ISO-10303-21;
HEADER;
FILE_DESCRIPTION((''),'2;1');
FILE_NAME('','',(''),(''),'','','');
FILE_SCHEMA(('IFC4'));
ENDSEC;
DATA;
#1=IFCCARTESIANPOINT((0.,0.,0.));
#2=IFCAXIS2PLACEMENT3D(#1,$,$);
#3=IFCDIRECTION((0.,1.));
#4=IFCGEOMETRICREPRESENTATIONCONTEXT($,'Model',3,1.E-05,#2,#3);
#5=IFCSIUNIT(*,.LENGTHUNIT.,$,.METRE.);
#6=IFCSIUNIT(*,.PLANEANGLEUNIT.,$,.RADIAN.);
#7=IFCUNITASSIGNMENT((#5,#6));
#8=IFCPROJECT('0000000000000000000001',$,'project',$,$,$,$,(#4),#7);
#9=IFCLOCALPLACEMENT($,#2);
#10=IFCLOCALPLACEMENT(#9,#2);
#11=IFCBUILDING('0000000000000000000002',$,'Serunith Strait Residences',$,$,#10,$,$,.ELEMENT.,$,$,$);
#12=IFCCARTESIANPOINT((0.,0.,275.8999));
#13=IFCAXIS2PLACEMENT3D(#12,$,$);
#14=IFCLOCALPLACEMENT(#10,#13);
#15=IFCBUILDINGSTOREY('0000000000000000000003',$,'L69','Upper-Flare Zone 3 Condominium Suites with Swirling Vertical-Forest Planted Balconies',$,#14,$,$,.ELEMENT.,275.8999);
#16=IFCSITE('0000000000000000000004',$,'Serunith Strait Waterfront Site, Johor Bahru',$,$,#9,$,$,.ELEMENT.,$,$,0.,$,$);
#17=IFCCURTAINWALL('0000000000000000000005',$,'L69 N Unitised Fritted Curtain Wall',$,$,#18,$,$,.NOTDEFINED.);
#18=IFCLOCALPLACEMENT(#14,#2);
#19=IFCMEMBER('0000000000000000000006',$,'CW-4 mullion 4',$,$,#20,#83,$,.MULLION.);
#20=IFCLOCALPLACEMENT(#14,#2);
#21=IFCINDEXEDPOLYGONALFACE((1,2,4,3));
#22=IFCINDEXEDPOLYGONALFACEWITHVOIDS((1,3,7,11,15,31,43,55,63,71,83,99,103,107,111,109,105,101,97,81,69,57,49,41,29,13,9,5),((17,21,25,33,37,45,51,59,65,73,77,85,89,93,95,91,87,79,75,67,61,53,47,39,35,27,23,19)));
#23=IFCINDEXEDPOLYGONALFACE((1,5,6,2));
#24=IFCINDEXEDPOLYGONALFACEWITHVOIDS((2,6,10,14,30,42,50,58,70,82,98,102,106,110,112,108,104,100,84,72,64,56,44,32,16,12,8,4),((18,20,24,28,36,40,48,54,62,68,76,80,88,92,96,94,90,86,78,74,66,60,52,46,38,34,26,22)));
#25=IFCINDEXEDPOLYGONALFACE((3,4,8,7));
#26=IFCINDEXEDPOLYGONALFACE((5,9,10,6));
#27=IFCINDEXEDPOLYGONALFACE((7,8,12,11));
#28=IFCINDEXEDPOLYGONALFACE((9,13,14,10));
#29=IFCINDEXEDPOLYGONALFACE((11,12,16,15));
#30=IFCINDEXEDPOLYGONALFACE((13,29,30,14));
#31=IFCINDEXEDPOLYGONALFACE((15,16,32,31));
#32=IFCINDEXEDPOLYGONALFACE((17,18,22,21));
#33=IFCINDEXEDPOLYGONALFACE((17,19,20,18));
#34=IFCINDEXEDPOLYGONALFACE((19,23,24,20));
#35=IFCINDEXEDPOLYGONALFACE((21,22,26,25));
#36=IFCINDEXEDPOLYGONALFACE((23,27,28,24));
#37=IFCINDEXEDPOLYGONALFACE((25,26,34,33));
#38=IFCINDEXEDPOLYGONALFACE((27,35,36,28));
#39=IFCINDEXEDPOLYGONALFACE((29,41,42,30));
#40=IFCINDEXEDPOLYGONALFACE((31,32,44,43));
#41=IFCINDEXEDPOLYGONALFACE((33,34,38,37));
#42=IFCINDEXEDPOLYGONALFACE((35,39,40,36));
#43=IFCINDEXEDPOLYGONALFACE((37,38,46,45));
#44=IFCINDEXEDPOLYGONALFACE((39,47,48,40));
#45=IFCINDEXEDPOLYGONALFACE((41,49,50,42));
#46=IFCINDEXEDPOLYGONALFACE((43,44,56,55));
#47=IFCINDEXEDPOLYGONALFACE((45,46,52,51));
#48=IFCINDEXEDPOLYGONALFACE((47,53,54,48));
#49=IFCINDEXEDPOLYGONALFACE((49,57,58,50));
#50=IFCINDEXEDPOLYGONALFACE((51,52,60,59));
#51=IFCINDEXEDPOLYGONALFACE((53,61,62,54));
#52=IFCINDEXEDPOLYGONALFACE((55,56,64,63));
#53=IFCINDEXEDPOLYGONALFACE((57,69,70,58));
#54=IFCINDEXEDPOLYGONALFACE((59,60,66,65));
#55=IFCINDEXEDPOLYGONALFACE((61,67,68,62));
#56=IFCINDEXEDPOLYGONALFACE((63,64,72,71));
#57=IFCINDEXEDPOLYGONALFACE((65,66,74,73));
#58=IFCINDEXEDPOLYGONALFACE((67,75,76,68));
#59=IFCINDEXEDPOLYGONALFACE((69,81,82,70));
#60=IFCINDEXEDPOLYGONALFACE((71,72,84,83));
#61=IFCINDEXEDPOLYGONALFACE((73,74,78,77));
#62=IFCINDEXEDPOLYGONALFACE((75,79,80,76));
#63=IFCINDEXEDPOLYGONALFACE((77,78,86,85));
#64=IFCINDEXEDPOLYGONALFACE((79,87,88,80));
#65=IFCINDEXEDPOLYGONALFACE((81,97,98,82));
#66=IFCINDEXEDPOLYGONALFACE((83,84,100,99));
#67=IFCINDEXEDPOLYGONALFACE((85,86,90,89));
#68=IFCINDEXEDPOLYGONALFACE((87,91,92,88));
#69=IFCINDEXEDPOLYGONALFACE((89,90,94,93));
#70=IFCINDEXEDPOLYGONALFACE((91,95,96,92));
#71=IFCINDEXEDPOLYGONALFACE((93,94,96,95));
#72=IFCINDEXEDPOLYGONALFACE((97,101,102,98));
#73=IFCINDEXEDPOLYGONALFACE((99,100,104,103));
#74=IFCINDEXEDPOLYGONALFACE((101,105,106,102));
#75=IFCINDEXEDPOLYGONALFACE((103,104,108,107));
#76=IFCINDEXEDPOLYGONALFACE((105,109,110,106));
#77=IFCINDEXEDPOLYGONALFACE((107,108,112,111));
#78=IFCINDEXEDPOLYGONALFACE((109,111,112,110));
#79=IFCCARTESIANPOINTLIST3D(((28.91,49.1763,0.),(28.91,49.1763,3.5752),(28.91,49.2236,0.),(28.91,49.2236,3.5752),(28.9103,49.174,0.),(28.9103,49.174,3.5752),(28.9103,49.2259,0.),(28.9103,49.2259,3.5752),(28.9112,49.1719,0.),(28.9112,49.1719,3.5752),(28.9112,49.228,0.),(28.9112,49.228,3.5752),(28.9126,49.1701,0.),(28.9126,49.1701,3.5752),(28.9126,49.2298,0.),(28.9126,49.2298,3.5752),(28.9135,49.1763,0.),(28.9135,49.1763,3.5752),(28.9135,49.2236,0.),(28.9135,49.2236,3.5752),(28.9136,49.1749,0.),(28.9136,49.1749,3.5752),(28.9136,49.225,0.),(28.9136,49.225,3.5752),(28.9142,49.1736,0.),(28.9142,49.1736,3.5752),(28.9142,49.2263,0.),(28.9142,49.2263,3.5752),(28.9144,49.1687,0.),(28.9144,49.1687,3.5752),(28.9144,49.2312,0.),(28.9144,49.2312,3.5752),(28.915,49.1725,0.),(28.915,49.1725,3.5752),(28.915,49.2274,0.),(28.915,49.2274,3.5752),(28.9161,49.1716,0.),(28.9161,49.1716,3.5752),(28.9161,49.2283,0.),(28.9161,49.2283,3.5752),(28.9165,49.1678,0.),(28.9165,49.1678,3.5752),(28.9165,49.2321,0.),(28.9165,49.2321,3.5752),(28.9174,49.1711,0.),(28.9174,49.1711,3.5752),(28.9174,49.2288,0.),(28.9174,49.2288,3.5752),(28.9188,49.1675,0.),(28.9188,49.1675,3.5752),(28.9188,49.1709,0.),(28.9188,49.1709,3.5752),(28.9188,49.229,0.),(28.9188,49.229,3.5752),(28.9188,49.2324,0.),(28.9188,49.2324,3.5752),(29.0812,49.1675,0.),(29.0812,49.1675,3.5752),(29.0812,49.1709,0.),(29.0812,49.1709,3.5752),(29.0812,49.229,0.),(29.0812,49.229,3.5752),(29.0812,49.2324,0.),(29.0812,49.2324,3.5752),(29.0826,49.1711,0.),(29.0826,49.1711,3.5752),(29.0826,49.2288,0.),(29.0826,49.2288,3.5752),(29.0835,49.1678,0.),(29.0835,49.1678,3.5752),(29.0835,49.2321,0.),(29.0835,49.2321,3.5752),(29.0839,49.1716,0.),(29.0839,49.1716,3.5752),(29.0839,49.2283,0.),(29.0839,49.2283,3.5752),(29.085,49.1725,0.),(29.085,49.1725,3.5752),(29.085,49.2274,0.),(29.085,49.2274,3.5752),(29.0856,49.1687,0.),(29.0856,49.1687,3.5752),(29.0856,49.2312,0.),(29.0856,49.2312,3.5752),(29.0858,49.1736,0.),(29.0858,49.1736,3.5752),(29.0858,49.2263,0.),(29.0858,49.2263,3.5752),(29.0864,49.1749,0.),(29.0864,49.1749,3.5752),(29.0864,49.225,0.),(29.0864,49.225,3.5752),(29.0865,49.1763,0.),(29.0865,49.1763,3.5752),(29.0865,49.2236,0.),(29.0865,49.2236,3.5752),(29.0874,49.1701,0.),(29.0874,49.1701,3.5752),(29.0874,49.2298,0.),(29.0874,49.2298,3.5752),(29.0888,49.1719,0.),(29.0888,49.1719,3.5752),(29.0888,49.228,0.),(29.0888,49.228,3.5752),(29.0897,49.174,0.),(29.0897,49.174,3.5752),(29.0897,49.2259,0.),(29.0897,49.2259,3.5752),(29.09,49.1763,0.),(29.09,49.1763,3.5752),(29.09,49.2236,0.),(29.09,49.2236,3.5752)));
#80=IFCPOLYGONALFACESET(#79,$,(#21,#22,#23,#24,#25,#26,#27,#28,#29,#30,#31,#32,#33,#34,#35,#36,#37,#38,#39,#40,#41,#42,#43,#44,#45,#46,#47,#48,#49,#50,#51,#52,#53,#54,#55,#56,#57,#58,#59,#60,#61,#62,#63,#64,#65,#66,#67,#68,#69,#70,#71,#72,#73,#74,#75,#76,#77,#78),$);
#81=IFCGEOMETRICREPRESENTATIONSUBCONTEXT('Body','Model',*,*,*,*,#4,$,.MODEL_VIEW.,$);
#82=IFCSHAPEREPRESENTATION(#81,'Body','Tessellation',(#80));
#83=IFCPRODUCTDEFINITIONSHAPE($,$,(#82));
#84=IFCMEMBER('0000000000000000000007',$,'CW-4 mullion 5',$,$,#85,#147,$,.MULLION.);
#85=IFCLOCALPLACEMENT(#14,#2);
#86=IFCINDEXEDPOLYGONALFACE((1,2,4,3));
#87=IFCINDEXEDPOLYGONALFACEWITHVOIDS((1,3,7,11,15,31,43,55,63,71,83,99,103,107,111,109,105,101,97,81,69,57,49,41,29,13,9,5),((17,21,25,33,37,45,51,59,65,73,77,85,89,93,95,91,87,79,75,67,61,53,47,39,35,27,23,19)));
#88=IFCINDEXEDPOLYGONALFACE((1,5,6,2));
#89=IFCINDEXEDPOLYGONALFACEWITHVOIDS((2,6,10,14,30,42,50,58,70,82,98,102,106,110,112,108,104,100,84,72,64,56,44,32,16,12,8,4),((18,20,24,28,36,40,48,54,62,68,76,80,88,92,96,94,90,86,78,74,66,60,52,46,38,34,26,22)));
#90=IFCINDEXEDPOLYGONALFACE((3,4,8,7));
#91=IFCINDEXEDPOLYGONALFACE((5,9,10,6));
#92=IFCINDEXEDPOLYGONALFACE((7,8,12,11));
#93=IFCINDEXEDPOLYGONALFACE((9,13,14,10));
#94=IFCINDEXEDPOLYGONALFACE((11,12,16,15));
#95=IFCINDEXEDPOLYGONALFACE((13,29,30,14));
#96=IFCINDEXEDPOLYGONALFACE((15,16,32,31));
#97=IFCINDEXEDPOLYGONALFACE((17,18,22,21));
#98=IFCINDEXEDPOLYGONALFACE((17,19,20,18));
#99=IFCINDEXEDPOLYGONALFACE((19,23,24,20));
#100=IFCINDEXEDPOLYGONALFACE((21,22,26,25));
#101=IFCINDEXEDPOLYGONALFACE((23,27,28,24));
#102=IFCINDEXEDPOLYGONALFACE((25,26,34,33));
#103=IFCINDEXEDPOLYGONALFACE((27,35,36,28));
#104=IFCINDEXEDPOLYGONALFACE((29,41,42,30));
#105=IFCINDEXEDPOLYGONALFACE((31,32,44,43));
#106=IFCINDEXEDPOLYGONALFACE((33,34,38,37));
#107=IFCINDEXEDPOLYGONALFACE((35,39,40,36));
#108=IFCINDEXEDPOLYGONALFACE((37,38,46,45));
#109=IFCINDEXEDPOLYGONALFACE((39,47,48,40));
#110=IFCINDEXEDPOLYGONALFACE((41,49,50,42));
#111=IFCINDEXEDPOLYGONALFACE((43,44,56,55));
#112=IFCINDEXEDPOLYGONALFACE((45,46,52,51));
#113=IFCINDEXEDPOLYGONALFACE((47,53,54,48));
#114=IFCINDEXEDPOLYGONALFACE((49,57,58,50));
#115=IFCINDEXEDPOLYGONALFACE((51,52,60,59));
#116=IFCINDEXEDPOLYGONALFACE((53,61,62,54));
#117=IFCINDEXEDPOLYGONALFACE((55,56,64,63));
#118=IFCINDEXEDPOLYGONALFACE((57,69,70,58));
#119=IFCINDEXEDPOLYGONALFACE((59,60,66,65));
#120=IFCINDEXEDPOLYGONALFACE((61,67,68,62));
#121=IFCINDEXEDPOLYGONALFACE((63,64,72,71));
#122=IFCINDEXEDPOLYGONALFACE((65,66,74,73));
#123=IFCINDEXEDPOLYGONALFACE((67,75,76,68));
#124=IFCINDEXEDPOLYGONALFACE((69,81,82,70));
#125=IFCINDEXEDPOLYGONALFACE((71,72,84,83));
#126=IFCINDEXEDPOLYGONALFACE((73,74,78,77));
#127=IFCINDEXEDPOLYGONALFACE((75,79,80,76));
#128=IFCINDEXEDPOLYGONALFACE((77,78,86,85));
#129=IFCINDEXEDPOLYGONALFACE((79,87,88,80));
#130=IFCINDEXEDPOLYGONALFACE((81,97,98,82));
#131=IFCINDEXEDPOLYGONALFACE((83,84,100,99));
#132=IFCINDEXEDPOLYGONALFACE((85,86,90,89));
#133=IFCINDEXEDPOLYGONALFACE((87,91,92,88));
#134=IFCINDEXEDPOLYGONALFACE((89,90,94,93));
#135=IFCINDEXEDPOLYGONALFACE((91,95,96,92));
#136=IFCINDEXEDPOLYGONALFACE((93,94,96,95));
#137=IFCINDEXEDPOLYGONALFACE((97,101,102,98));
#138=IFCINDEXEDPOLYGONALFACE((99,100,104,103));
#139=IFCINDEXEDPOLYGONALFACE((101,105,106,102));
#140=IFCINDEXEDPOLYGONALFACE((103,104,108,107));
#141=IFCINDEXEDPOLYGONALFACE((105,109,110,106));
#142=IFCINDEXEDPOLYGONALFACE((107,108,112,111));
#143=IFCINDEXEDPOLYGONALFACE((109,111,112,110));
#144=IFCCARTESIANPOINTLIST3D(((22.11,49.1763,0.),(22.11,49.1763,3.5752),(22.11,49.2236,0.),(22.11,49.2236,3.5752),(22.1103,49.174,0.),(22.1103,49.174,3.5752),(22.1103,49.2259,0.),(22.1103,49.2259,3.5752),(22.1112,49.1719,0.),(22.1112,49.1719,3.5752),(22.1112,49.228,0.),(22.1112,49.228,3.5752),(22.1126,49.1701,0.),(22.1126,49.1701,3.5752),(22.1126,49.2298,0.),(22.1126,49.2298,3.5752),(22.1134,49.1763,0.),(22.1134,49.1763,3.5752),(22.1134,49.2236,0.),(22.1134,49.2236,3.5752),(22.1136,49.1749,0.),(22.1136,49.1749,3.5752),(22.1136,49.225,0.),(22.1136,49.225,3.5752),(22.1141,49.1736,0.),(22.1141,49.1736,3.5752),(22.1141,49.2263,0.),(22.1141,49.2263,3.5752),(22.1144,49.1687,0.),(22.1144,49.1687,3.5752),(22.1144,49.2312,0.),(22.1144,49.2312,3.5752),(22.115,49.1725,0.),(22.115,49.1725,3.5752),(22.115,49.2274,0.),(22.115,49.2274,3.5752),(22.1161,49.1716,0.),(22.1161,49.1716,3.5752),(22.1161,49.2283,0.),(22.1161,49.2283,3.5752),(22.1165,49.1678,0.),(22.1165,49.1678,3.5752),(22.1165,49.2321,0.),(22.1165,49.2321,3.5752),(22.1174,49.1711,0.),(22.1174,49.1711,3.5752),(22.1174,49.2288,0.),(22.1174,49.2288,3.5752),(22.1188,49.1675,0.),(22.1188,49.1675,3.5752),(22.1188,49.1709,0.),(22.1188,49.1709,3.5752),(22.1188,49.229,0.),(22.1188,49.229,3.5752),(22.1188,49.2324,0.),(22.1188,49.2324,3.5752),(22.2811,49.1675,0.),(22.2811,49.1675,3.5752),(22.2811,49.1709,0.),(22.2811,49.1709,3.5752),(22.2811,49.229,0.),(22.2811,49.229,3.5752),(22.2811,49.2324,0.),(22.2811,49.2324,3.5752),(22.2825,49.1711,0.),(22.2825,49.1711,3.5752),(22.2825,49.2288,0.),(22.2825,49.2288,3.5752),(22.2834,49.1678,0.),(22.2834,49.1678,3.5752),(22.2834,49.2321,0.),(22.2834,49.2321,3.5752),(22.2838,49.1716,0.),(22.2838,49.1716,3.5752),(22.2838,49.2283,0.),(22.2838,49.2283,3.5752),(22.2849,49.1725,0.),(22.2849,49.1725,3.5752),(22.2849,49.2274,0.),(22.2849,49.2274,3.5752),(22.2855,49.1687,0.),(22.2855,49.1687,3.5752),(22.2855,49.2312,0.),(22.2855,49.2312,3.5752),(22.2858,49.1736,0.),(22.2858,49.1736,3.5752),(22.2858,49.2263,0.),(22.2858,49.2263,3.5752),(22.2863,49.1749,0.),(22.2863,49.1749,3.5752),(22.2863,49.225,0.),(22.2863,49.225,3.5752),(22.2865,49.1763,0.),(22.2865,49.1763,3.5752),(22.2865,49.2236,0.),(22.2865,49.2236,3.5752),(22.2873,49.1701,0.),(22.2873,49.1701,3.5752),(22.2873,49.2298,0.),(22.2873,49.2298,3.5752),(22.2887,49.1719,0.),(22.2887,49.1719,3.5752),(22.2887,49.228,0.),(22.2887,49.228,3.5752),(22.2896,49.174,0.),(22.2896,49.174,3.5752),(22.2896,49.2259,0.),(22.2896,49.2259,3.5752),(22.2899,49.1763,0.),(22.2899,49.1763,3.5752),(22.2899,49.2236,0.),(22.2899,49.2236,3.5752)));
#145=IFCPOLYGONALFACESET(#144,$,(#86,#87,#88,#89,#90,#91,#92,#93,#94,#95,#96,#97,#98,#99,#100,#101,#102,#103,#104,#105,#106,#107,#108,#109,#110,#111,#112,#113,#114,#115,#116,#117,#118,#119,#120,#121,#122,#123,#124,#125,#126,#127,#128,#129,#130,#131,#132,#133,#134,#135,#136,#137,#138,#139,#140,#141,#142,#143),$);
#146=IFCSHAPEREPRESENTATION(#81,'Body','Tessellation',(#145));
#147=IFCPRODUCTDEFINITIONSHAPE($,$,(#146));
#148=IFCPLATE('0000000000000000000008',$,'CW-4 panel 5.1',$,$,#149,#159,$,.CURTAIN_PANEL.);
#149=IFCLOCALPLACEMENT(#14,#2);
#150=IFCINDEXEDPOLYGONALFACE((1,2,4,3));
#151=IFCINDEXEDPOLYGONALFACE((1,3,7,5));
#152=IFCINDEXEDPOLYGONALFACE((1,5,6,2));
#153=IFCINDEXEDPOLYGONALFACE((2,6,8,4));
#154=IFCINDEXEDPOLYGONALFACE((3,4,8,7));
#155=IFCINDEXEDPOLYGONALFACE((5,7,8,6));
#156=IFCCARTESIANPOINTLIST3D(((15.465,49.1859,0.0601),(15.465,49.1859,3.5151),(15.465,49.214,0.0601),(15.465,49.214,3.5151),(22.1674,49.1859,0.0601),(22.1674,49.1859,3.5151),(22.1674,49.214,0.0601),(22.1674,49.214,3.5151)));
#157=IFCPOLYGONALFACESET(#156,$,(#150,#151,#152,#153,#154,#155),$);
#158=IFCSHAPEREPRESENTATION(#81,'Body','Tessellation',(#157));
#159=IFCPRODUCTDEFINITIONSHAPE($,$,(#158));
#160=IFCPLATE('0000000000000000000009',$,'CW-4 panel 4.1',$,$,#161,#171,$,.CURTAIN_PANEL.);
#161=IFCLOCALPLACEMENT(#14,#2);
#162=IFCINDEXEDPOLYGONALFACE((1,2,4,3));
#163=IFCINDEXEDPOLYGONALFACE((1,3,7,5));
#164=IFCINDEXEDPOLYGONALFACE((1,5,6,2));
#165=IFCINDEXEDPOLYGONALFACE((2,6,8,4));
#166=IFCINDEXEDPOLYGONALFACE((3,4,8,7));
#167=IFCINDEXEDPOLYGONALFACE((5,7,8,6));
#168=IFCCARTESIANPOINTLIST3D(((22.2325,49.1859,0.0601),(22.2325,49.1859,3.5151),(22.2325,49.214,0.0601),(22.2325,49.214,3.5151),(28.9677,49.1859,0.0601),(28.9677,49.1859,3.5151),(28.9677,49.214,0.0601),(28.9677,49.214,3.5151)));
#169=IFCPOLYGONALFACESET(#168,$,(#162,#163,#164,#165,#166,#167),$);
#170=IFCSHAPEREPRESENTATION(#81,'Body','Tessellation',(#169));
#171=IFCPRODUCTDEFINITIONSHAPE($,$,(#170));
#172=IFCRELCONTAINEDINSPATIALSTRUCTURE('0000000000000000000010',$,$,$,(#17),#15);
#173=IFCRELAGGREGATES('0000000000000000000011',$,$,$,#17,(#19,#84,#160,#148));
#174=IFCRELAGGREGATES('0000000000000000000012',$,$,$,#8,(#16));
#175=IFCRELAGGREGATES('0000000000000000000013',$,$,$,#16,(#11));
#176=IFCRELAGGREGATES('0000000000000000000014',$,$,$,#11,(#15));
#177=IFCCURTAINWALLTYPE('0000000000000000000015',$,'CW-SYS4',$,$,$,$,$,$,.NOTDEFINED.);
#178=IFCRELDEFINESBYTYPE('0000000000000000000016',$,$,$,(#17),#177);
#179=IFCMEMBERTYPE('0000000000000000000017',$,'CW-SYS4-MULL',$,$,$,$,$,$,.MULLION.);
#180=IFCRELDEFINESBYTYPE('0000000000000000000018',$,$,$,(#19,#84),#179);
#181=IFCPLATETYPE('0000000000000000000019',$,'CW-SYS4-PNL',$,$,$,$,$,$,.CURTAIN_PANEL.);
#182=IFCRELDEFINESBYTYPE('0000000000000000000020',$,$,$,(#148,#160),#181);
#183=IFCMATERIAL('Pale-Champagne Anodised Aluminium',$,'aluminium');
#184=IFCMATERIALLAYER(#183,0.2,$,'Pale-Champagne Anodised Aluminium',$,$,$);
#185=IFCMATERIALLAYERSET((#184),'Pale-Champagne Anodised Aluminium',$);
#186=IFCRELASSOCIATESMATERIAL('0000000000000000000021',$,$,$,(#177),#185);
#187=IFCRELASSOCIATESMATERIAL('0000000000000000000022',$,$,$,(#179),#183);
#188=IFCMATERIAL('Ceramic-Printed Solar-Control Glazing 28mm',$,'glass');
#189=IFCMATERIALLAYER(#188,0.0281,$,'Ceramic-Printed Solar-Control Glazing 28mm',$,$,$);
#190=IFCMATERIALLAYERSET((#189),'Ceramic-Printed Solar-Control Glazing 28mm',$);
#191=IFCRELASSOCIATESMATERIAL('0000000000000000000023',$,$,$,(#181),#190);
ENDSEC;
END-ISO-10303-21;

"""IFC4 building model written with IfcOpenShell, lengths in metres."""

from ifc_helpers import new_model, si_unit, direction, frame, origin, origin_2d, place, context, subcontext, project, spatial, rectangle, hollow_rectangle, extrude, source, transform, mapped, material, layer, layer_set, material_profile, profile_set, type_object, element, aggregate, save


model = new_model("IFC4")

# Units and contexts
model_context = context("Model", 3, precision=1e-05, world=origin(), true_north=direction((0.0, 1.0)))
body_context = subcontext(model_context, "Body", "Model", "MODEL_VIEW")
ifc_project = project(units=[si_unit("LENGTHUNIT", "METRE"), si_unit("PLANEANGLEUNIT", "RADIAN")], contexts=[model_context])

# Site, building, storey
site_placement = place(None, origin())
site = spatial("IfcSite", under=ifc_project, at=site_placement, Name="Serunith Strait Waterfront Site, Johor Bahru", CompositionType="ELEMENT", RefElevation=0.0)
building_placement = place(site_placement, origin())
building = spatial("IfcBuilding", under=site, at=building_placement, Name="Serunith Strait Residences", CompositionType="ELEMENT")
storey_placement = place(building_placement, frame((0.0, 0.0, 275.8999)))
storey = spatial("IfcBuildingStorey", under=building, at=storey_placement, Name="L69", Description="Upper-Flare Zone 3 Condominium Suites with Swirling Vertical-Forest Planted Balconies", CompositionType="ELEMENT", Elevation=275.8999)

# Curtain wall, members, plates
ifc_material_1 = material(Name="Pale-Champagne Anodised Aluminium", Category="aluminium")
ifc_layer_1 = layer(ifc_material_1, 0.2, Name="Pale-Champagne Anodised Aluminium")
ifc_layer_set_1 = layer_set([ifc_layer_1], Name="Pale-Champagne Anodised Aluminium")
curtain_wall_type = type_object("IfcCurtainWallType", Name="CW-SYS4", PredefinedType="NOTDEFINED", material=ifc_layer_set_1)
curtain_wall_placement = place(storey_placement, origin())
curtain_wall = element("IfcCurtainWall", 1, at=curtain_wall_placement, inside=storey, type_object=curtain_wall_type, Name="L69 N Unitised Fritted Curtain Wall", PredefinedType="NOTDEFINED")
ifc_material_profile_1 = material_profile(ifc_material_1, hollow_rectangle(XDim=0.0649, YDim=0.1799, WallThickness=0.0034, InnerFilletRadius=0.0054, OuterFilletRadius=0.0088, at=origin_2d()), Name="ALU 180x65x3.5")
ifc_profile_set_1 = profile_set([ifc_material_profile_1], Name="Pale-Champagne Anodised Aluminium")
member_type_1 = type_object("IfcMemberType", Name="CW-SYS4-MULL", PredefinedType="MULLION", material=ifc_profile_set_1)
shared_shape_1 = source(origin(), body_context, "Body", "SweptSolid", [
    extrude(hollow_rectangle(XDim=0.0649, YDim=0.1799, WallThickness=0.0034, InnerFilletRadius=0.0054, OuterFilletRadius=0.0088, at=origin_2d()), origin(), (0.0, 0.0, 1.0), 3.5752),
])
member_1_placement = place(storey_placement, frame((29.0, 49.2, 0.0), z_axis=(0.0, 0.0, 1.0), x_axis=(0.0, -1.0, 0.0)))
member_1 = element("IfcMember", 2, at=member_1_placement, type_object=member_type_1, Name="CW-4 mullion 4", PredefinedType="MULLION", context=body_context, shape_type="MappedRepresentation", body=[
    mapped(shared_shape_1, transform((0.0, 0.0, 0.0), scale=1.0)),
])
member_2_placement = place(storey_placement, frame((22.2, 49.2, 0.0), z_axis=(0.0, 0.0, 1.0), x_axis=(0.0, -1.0, 0.0)))
member_2 = element("IfcMember", 3, at=member_2_placement, type_object=member_type_1, Name="CW-4 mullion 5", PredefinedType="MULLION", context=body_context, shape_type="MappedRepresentation", body=[
    mapped(shared_shape_1, transform((0.0, 0.0, 0.0), scale=1.0)),
])
ifc_material_2 = material(Name="Ceramic-Printed Solar-Control Glazing 28mm", Category="glass")
ifc_layer_2 = layer(ifc_material_2, 0.0281, Name="Ceramic-Printed Solar-Control Glazing 28mm")
ifc_layer_set_2 = layer_set([ifc_layer_2], Name="Ceramic-Printed Solar-Control Glazing 28mm")
plate_type = type_object("IfcPlateType", Name="CW-SYS4-PNL", PredefinedType="CURTAIN_PANEL", material=ifc_layer_set_2)
shared_shape_2 = source(origin(), body_context, "Body", "SweptSolid", [
    extrude(rectangle(XDim=6.7024, YDim=0.0281, at=origin_2d()), origin(), (0.0, 0.0, 1.0), 3.4551),
])
plate_1_placement = place(storey_placement, frame((18.8162, 49.2, 0.0601), z_axis=(0.0, 0.0, 1.0), x_axis=(-1.0, 0.0, 0.0)))
plate_1 = element("IfcPlate", 4, at=plate_1_placement, type_object=plate_type, Name="CW-4 panel 5.1", PredefinedType="CURTAIN_PANEL", context=body_context, shape_type="MappedRepresentation", body=[
    mapped(shared_shape_2, transform((0.0, 0.0, 0.0), scale=1.0)),
])
shared_shape_3 = source(origin(), body_context, "Body", "SweptSolid", [
    extrude(rectangle(XDim=6.7351, YDim=0.0281, at=origin_2d()), origin(), (0.0, 0.0, 1.0), 3.4551),
])
plate_2_placement = place(storey_placement, frame((25.6001, 49.2, 0.0601), z_axis=(0.0, 0.0, 1.0), x_axis=(-1.0, 0.0, 0.0)))
plate_2 = element("IfcPlate", 5, at=plate_2_placement, type_object=plate_type, Name="CW-4 panel 4.1", PredefinedType="CURTAIN_PANEL", context=body_context, shape_type="MappedRepresentation", body=[
    mapped(shared_shape_3, transform((0.0, 0.0, 0.0), scale=1.0)),
])
aggregate(curtain_wall, [member_1, member_2, plate_2, plate_1])

save(model, "model.ifc")
